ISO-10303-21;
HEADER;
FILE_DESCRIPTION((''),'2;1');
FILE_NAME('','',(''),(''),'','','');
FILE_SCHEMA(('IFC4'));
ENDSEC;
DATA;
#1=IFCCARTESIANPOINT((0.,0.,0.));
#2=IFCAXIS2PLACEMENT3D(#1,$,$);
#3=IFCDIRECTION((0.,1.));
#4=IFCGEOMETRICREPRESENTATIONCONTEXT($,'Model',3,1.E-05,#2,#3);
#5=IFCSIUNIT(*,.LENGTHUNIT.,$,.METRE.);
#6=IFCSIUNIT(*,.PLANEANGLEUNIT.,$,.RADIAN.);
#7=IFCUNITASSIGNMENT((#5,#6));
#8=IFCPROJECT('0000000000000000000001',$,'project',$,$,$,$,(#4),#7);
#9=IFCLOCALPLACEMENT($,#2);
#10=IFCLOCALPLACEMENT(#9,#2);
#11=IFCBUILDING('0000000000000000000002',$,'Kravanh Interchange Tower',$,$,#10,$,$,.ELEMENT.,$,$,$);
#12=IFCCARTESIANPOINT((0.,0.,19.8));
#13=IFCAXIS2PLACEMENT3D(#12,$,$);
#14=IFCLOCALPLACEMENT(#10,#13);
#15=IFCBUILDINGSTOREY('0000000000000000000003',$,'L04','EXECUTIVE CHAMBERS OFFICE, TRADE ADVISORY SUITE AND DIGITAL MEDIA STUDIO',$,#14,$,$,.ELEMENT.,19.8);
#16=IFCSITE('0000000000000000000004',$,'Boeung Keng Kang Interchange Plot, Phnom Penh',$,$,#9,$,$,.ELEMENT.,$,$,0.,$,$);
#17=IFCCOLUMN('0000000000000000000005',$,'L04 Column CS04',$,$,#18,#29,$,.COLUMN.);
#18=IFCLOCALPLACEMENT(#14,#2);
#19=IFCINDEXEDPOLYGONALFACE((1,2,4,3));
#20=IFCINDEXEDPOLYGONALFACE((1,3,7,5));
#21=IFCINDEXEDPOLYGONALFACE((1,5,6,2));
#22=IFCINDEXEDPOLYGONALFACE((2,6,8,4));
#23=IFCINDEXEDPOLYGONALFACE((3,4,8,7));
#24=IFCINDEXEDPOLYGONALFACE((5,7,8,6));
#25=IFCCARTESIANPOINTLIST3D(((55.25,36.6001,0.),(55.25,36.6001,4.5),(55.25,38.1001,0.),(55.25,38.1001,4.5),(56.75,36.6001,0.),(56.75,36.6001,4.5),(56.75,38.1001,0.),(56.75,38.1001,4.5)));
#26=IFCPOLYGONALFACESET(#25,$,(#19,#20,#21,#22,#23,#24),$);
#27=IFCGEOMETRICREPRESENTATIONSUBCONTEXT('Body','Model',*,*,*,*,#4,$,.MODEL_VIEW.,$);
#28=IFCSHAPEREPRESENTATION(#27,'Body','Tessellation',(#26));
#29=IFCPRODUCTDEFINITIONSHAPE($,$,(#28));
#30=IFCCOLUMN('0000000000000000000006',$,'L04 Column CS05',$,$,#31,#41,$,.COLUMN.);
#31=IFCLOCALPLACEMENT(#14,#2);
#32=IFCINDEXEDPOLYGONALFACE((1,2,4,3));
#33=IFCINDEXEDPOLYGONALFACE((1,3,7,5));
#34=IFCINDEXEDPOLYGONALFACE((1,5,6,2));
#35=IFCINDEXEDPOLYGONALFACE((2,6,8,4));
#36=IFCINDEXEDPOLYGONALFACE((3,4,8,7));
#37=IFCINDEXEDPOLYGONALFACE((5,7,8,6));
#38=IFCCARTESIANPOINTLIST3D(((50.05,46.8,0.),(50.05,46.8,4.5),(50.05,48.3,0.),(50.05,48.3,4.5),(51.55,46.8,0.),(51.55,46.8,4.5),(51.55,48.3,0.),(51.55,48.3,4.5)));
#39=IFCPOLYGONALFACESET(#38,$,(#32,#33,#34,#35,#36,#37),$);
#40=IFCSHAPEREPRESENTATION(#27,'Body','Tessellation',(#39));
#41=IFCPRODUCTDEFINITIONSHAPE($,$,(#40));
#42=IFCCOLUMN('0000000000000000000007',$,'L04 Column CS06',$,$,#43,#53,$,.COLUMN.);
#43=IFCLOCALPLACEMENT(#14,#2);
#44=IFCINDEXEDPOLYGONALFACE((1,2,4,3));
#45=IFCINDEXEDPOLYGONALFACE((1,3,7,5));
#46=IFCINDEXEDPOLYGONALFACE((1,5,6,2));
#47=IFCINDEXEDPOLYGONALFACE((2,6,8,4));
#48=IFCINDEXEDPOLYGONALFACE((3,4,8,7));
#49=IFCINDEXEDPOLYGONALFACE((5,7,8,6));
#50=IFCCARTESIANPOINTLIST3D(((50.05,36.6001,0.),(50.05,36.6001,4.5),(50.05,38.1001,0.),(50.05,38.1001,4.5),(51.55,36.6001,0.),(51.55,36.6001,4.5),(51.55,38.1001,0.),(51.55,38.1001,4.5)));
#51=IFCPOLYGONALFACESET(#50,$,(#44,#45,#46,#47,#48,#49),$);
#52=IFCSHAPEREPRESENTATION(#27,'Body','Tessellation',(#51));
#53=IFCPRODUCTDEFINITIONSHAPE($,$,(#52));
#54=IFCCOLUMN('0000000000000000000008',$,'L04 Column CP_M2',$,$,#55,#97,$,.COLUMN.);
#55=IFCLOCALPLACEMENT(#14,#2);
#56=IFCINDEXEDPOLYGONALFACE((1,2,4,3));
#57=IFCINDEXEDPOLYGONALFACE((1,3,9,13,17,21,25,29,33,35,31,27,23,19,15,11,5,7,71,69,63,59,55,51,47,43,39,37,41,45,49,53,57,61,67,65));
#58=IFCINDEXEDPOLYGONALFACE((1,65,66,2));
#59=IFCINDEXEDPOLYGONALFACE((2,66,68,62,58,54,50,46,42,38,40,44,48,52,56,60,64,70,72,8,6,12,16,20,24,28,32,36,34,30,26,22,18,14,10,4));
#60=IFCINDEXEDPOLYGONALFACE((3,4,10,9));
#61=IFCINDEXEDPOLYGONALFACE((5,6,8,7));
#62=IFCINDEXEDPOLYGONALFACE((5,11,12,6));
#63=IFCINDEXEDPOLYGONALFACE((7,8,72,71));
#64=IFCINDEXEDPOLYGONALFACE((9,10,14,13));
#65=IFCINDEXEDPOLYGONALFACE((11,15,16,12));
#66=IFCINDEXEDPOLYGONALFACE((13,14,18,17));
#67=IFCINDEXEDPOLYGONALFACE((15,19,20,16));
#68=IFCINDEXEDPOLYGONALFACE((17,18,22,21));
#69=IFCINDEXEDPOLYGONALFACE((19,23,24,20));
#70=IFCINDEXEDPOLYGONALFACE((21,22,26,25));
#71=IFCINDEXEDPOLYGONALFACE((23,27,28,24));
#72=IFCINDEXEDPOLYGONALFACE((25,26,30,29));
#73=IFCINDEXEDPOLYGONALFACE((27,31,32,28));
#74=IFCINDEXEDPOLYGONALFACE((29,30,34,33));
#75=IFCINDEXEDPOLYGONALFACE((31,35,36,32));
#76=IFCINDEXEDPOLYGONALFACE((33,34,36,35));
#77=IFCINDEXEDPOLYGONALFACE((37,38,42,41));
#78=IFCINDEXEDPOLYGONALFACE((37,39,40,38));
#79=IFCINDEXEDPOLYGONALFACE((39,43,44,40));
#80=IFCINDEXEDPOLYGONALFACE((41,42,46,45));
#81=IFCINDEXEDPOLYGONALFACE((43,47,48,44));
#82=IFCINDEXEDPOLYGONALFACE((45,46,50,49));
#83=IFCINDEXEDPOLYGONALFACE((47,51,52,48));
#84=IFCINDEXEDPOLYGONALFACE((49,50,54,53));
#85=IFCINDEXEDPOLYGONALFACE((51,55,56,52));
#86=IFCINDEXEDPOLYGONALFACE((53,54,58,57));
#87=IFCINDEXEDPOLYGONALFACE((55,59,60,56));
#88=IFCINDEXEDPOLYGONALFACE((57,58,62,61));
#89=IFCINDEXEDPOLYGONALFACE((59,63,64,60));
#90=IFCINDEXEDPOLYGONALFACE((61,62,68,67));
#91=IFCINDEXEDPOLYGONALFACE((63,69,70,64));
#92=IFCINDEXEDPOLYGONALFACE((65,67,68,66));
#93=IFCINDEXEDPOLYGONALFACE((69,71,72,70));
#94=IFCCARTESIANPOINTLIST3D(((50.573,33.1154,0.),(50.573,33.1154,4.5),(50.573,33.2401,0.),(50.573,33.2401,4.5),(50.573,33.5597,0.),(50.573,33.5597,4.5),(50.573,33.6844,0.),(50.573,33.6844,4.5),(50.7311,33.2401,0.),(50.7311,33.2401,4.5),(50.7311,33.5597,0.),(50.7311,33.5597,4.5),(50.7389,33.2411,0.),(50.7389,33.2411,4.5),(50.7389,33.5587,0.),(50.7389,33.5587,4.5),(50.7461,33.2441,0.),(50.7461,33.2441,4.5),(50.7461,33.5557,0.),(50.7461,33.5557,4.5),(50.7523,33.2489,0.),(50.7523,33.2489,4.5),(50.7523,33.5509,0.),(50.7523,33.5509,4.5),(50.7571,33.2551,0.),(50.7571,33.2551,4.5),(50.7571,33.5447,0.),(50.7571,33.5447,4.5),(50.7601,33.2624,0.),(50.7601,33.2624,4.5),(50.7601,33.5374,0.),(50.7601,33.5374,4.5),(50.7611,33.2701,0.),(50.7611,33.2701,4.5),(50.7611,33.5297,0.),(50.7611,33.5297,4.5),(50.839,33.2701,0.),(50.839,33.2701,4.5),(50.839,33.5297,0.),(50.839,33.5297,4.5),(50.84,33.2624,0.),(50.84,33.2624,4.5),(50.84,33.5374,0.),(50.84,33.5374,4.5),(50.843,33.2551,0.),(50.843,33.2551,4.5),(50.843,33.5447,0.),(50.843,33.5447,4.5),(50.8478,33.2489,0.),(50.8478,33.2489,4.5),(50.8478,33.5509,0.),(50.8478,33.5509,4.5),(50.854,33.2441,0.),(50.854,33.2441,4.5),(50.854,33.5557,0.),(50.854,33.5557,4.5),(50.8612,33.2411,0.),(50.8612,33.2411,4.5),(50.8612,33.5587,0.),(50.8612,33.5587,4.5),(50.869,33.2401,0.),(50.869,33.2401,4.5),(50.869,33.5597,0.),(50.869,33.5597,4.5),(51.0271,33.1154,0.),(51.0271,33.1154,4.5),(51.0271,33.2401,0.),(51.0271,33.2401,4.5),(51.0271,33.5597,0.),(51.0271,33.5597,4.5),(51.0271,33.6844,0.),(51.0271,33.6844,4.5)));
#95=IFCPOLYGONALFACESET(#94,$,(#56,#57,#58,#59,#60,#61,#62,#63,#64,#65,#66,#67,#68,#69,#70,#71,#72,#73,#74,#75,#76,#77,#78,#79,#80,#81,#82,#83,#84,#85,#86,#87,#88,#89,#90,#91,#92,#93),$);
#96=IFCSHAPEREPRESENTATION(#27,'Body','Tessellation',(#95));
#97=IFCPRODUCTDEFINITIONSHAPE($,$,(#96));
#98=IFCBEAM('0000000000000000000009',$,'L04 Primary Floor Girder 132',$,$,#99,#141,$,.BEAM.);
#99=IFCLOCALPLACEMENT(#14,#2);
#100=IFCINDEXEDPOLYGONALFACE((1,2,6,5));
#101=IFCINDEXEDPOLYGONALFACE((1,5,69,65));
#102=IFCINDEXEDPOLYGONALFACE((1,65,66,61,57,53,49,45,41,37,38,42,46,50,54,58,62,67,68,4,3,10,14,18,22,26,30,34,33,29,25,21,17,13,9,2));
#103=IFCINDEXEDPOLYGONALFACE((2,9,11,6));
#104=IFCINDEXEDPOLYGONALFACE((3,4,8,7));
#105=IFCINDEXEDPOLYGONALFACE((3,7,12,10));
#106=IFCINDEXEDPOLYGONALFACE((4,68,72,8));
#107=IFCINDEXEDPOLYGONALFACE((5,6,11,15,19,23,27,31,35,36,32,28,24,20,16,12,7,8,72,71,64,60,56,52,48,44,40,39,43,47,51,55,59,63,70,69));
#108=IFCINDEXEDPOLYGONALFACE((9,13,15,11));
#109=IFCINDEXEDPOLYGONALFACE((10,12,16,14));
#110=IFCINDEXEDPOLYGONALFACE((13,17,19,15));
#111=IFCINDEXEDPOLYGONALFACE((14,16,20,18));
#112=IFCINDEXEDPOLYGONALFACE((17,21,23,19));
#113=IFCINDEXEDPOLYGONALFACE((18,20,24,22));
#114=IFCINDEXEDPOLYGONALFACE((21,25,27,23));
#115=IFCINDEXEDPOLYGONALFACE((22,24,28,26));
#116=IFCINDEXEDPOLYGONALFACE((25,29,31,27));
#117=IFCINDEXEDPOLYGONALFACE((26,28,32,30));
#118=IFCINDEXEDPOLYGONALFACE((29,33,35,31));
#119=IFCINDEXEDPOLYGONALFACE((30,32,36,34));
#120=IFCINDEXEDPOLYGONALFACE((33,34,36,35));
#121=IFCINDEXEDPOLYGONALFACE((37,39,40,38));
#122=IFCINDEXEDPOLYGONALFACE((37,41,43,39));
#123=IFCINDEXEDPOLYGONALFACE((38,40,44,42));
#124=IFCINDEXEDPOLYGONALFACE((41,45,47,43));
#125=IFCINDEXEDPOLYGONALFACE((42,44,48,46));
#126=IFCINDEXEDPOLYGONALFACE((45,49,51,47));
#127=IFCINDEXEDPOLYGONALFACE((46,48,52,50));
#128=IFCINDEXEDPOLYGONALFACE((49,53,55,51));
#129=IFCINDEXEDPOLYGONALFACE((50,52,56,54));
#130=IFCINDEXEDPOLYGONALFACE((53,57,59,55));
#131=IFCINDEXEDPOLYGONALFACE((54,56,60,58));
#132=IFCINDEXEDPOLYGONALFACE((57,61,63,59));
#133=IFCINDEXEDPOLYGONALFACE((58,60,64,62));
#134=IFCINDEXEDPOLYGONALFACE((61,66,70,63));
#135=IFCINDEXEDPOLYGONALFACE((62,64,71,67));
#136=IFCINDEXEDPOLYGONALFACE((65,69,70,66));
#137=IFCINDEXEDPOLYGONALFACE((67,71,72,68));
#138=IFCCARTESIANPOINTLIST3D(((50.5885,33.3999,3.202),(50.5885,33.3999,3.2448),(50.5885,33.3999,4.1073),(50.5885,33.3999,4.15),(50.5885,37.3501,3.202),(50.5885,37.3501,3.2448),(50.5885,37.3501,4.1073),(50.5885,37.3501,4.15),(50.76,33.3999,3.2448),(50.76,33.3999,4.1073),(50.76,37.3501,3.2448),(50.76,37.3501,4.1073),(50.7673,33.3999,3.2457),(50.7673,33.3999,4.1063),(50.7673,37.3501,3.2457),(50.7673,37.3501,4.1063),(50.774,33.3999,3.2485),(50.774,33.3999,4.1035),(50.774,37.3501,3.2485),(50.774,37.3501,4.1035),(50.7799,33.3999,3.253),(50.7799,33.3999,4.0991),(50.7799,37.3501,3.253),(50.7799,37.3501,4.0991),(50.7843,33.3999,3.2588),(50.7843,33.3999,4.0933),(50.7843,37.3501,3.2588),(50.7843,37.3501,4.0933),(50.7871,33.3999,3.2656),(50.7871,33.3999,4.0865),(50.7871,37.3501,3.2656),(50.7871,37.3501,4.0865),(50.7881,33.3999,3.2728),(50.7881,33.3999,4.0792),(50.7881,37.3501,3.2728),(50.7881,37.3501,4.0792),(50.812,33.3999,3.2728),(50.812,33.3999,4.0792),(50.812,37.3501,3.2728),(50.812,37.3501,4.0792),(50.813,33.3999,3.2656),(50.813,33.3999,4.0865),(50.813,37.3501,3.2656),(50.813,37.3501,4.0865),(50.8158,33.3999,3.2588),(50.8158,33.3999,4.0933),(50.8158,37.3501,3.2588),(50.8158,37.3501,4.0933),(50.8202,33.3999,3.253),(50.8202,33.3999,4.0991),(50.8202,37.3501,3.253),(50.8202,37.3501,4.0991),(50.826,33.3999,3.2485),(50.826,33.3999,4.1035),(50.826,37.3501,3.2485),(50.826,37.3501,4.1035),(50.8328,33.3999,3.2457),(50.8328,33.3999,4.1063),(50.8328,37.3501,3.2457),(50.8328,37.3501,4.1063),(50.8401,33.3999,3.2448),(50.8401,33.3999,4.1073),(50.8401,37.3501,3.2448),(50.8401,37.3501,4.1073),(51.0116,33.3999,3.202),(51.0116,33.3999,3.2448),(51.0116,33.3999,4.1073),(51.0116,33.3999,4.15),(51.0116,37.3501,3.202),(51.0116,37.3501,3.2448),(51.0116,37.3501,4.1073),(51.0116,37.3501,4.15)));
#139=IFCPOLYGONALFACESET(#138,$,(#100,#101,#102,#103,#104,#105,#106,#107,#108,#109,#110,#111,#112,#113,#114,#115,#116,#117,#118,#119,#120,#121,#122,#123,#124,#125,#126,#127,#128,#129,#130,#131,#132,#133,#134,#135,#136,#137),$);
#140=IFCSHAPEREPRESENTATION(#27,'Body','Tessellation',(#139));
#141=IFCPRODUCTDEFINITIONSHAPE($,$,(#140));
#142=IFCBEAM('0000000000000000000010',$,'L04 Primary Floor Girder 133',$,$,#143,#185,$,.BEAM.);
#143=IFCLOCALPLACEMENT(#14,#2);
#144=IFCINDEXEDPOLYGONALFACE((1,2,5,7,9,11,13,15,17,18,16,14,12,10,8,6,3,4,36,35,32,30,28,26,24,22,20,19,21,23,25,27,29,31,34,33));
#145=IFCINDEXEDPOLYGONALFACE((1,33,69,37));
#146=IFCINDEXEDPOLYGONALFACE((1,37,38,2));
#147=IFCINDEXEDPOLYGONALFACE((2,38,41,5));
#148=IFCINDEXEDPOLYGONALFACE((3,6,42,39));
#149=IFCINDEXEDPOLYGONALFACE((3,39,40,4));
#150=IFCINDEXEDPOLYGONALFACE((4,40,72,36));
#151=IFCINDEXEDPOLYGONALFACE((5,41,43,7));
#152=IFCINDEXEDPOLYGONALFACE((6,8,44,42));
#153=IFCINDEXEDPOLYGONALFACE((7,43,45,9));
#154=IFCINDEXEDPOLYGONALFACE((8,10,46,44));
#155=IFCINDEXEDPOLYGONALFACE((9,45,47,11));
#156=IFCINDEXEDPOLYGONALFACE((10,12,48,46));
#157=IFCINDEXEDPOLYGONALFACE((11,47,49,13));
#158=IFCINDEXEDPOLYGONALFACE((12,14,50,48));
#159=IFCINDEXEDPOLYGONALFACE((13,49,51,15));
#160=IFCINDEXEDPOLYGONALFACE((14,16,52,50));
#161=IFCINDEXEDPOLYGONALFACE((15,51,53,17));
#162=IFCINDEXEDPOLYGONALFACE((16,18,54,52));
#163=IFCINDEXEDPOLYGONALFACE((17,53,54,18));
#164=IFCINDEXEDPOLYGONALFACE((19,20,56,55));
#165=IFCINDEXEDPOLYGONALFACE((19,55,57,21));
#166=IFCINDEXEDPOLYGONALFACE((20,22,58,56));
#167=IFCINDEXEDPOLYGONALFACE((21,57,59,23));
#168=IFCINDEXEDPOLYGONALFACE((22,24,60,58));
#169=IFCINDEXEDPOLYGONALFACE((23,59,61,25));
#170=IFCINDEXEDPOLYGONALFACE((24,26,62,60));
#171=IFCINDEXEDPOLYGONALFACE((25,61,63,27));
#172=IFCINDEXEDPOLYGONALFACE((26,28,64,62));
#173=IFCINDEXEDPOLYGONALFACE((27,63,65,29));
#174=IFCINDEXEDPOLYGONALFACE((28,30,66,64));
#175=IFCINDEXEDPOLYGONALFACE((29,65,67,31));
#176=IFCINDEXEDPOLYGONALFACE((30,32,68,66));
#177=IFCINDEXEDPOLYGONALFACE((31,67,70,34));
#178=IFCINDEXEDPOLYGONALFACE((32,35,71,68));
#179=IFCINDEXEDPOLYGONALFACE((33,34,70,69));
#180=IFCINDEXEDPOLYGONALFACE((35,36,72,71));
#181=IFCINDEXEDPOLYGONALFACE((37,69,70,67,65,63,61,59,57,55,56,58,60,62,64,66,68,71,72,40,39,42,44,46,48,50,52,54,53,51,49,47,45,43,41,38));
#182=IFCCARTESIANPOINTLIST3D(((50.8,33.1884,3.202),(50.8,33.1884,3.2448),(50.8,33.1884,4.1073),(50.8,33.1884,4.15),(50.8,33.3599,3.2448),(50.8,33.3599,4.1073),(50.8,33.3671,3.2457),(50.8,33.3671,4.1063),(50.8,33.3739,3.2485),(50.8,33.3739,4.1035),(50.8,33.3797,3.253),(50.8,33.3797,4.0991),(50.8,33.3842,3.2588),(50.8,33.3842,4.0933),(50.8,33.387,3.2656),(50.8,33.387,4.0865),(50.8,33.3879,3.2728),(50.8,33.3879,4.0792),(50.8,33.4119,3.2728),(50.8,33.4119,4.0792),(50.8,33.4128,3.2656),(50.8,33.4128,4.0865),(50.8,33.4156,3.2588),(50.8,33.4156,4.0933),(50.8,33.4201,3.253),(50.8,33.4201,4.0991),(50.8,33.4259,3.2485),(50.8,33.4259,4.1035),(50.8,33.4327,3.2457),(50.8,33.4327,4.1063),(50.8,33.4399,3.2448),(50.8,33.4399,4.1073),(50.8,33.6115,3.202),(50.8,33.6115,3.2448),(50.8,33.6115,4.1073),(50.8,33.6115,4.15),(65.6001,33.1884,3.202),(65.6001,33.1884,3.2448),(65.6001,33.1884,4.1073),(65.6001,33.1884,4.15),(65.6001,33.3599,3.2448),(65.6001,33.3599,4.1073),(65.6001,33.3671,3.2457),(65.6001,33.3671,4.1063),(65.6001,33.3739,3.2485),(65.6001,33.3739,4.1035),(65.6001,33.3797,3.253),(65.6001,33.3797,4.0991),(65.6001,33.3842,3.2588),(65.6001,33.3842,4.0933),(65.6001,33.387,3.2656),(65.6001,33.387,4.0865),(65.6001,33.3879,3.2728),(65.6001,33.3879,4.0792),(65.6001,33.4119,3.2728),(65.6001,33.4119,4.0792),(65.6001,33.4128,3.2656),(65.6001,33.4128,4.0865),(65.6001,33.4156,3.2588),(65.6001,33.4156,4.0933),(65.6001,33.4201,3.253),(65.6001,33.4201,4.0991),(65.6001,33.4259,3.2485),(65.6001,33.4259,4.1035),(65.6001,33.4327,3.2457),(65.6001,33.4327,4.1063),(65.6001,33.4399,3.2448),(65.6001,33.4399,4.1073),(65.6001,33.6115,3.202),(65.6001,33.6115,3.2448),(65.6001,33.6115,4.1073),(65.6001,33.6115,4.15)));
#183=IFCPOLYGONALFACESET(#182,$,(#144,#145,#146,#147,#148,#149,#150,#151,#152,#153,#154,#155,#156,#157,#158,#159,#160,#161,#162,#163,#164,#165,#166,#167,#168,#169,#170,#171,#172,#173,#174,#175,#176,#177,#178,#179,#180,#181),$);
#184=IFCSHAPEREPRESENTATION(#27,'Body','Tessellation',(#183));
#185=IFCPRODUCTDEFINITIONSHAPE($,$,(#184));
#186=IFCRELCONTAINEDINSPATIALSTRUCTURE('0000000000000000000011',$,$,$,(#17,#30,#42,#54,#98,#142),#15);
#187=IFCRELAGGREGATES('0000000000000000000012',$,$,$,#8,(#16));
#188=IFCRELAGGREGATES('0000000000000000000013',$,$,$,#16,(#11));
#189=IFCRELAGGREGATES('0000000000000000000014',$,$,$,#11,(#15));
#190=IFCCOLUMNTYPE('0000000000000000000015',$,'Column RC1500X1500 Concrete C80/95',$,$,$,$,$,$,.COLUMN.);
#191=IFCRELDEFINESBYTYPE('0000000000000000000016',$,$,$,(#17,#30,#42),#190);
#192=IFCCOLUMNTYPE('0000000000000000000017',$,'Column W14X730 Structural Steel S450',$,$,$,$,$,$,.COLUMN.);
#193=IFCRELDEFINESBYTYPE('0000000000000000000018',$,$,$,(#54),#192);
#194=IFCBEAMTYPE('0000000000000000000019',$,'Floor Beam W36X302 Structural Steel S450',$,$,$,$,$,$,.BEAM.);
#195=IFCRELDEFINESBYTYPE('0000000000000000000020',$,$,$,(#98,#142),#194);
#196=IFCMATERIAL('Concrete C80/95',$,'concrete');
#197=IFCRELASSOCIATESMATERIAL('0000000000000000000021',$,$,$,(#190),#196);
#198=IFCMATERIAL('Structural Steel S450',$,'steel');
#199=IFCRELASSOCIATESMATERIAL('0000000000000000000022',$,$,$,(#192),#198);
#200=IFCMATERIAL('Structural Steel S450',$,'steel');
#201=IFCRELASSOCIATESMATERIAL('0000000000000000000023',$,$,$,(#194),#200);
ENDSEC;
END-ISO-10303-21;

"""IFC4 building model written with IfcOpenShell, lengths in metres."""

from ifc_helpers import new_model, si_unit, direction, frame, origin, origin_2d, place, context, subcontext, project, spatial, rectangle, i_section, extrude, material, material_profile, profile_set, type_object, element, save


model = new_model("IFC4")

# Units and contexts
model_context = context("Model", 3, precision=1e-05, world=origin(), true_north=direction((0.0, 1.0)))
body_context = subcontext(model_context, "Body", "Model", "MODEL_VIEW")
ifc_project = project(units=[si_unit("LENGTHUNIT", "METRE"), si_unit("PLANEANGLEUNIT", "RADIAN")], contexts=[model_context])

# Site, building, storey
site_placement = place(None, origin())
site = spatial("IfcSite", under=ifc_project, at=site_placement, Name="Boeung Keng Kang Interchange Plot, Phnom Penh", CompositionType="ELEMENT", RefElevation=0.0)
building_placement = place(site_placement, origin())
building = spatial("IfcBuilding", under=site, at=building_placement, Name="Kravanh Interchange Tower", CompositionType="ELEMENT")
storey_placement = place(building_placement, frame((0.0, 0.0, 19.8)))
storey = spatial("IfcBuildingStorey", under=building, at=storey_placement, Name="L04", Description="EXECUTIVE CHAMBERS OFFICE, TRADE ADVISORY SUITE AND DIGITAL MEDIA STUDIO", CompositionType="ELEMENT", Elevation=19.8)

# Columns
ifc_material_1 = material(Name="Concrete C80/95", Category="concrete")
ifc_material_profile_1 = material_profile(ifc_material_1, rectangle(XDim=1.5, YDim=1.5, at=origin_2d()), Name="RC1500X1500")
ifc_profile_set_1 = profile_set([ifc_material_profile_1], Name="Concrete C80/95")
column_type_1 = type_object("IfcColumnType", Name="Column RC1500X1500 Concrete C80/95", PredefinedType="COLUMN", material=ifc_profile_set_1)
for number, where, z_axis, x_axis, name in (
    (1, (56.0, 37.3501, 0.0), (0.0, 0.0, 1.0), (1.0, 0.0, 0.0), "L04 Column CS04"),
    (2, (50.8, 47.55, 0.0), (0.0, 0.0, 1.0), (1.0, 0.0, 0.0), "L04 Column CS05"),
    (3, (50.8, 37.3501, 0.0), (0.0, 0.0, 1.0), (1.0, 0.0, 0.0), "L04 Column CS06"),
):
    element("IfcColumn", number, at=place(storey_placement, frame(where, z_axis=z_axis, x_axis=x_axis)), inside=storey, type_object=column_type_1, Name=name, PredefinedType="COLUMN", context=body_context, shape_type="SweptSolid", body=[
        extrude(rectangle(XDim=1.5, YDim=1.5, at=origin_2d()), origin(), (0.0, 0.0, 1.0), 4.5),
    ])
ifc_material_2 = material(Name="Structural Steel S450", Category="steel")
ifc_material_profile_2 = material_profile(ifc_material_2, i_section(OverallWidth=0.4541, OverallDepth=0.5691, WebThickness=0.0779, FlangeThickness=0.1248, FilletRadius=0.03, at=origin_2d()), Name="W14X730")
ifc_profile_set_2 = profile_set([ifc_material_profile_2], Name="Structural Steel S450")
column_type_2 = type_object("IfcColumnType", Name="Column W14X730 Structural Steel S450", PredefinedType="COLUMN", material=ifc_profile_set_2)
column_placement = place(storey_placement, frame((50.8, 33.3999, 0.0), z_axis=(0.0, 0.0, 1.0), x_axis=(1.0, 0.0, 0.0)))
element("IfcColumn", 4, at=column_placement, inside=storey, type_object=column_type_2, Name="L04 Column CP_M2", PredefinedType="COLUMN", context=body_context, shape_type="SweptSolid", body=[
    extrude(i_section(OverallWidth=0.4541, OverallDepth=0.5691, WebThickness=0.0779, FlangeThickness=0.1248, FilletRadius=0.03, at=origin_2d()), origin(), (0.0, 0.0, 1.0), 4.5),
])

# Beams
ifc_material_3 = material(Name="Structural Steel S450", Category="steel")
ifc_material_profile_3 = material_profile(ifc_material_3, i_section(OverallWidth=0.4231, OverallDepth=0.948, WebThickness=0.0239, FlangeThickness=0.0427, FilletRadius=0.0281, at=origin_2d()), Name="W36X302")
ifc_profile_set_3 = profile_set([ifc_material_profile_3], Name="Structural Steel S450")
beam_type_1 = type_object("IfcBeamType", Name="Floor Beam W36X302 Structural Steel S450", PredefinedType="BEAM", material=ifc_profile_set_3)
beam_1_placement = place(storey_placement, frame((50.8, 33.3999, 3.676), z_axis=(0.0, 1.0, 0.0), x_axis=(-1.0, 0.0, 0.0)))
element("IfcBeam", 5, at=beam_1_placement, inside=storey, type_object=beam_type_1, Name="L04 Primary Floor Girder 132", PredefinedType="BEAM", context=body_context, shape_type="SweptSolid", body=[
    extrude(i_section(OverallWidth=0.4231, OverallDepth=0.948, WebThickness=0.0239, FlangeThickness=0.0427, FilletRadius=0.0281, at=origin_2d()), origin(), (0.0, 0.0, 1.0), 3.9502),
])
beam_2_placement = place(storey_placement, frame((50.8, 33.3999, 3.676), z_axis=(1.0, 0.0, 0.0), x_axis=(0.0, 1.0, 0.0)))
element("IfcBeam", 6, at=beam_2_placement, inside=storey, type_object=beam_type_1, Name="L04 Primary Floor Girder 133", PredefinedType="BEAM", context=body_context, shape_type="SweptSolid", body=[
    extrude(i_section(OverallWidth=0.4231, OverallDepth=0.948, WebThickness=0.0239, FlangeThickness=0.0427, FilletRadius=0.0281, at=origin_2d()), origin(), (0.0, 0.0, 1.0), 14.8),
])

save(model, "model.ifc")
